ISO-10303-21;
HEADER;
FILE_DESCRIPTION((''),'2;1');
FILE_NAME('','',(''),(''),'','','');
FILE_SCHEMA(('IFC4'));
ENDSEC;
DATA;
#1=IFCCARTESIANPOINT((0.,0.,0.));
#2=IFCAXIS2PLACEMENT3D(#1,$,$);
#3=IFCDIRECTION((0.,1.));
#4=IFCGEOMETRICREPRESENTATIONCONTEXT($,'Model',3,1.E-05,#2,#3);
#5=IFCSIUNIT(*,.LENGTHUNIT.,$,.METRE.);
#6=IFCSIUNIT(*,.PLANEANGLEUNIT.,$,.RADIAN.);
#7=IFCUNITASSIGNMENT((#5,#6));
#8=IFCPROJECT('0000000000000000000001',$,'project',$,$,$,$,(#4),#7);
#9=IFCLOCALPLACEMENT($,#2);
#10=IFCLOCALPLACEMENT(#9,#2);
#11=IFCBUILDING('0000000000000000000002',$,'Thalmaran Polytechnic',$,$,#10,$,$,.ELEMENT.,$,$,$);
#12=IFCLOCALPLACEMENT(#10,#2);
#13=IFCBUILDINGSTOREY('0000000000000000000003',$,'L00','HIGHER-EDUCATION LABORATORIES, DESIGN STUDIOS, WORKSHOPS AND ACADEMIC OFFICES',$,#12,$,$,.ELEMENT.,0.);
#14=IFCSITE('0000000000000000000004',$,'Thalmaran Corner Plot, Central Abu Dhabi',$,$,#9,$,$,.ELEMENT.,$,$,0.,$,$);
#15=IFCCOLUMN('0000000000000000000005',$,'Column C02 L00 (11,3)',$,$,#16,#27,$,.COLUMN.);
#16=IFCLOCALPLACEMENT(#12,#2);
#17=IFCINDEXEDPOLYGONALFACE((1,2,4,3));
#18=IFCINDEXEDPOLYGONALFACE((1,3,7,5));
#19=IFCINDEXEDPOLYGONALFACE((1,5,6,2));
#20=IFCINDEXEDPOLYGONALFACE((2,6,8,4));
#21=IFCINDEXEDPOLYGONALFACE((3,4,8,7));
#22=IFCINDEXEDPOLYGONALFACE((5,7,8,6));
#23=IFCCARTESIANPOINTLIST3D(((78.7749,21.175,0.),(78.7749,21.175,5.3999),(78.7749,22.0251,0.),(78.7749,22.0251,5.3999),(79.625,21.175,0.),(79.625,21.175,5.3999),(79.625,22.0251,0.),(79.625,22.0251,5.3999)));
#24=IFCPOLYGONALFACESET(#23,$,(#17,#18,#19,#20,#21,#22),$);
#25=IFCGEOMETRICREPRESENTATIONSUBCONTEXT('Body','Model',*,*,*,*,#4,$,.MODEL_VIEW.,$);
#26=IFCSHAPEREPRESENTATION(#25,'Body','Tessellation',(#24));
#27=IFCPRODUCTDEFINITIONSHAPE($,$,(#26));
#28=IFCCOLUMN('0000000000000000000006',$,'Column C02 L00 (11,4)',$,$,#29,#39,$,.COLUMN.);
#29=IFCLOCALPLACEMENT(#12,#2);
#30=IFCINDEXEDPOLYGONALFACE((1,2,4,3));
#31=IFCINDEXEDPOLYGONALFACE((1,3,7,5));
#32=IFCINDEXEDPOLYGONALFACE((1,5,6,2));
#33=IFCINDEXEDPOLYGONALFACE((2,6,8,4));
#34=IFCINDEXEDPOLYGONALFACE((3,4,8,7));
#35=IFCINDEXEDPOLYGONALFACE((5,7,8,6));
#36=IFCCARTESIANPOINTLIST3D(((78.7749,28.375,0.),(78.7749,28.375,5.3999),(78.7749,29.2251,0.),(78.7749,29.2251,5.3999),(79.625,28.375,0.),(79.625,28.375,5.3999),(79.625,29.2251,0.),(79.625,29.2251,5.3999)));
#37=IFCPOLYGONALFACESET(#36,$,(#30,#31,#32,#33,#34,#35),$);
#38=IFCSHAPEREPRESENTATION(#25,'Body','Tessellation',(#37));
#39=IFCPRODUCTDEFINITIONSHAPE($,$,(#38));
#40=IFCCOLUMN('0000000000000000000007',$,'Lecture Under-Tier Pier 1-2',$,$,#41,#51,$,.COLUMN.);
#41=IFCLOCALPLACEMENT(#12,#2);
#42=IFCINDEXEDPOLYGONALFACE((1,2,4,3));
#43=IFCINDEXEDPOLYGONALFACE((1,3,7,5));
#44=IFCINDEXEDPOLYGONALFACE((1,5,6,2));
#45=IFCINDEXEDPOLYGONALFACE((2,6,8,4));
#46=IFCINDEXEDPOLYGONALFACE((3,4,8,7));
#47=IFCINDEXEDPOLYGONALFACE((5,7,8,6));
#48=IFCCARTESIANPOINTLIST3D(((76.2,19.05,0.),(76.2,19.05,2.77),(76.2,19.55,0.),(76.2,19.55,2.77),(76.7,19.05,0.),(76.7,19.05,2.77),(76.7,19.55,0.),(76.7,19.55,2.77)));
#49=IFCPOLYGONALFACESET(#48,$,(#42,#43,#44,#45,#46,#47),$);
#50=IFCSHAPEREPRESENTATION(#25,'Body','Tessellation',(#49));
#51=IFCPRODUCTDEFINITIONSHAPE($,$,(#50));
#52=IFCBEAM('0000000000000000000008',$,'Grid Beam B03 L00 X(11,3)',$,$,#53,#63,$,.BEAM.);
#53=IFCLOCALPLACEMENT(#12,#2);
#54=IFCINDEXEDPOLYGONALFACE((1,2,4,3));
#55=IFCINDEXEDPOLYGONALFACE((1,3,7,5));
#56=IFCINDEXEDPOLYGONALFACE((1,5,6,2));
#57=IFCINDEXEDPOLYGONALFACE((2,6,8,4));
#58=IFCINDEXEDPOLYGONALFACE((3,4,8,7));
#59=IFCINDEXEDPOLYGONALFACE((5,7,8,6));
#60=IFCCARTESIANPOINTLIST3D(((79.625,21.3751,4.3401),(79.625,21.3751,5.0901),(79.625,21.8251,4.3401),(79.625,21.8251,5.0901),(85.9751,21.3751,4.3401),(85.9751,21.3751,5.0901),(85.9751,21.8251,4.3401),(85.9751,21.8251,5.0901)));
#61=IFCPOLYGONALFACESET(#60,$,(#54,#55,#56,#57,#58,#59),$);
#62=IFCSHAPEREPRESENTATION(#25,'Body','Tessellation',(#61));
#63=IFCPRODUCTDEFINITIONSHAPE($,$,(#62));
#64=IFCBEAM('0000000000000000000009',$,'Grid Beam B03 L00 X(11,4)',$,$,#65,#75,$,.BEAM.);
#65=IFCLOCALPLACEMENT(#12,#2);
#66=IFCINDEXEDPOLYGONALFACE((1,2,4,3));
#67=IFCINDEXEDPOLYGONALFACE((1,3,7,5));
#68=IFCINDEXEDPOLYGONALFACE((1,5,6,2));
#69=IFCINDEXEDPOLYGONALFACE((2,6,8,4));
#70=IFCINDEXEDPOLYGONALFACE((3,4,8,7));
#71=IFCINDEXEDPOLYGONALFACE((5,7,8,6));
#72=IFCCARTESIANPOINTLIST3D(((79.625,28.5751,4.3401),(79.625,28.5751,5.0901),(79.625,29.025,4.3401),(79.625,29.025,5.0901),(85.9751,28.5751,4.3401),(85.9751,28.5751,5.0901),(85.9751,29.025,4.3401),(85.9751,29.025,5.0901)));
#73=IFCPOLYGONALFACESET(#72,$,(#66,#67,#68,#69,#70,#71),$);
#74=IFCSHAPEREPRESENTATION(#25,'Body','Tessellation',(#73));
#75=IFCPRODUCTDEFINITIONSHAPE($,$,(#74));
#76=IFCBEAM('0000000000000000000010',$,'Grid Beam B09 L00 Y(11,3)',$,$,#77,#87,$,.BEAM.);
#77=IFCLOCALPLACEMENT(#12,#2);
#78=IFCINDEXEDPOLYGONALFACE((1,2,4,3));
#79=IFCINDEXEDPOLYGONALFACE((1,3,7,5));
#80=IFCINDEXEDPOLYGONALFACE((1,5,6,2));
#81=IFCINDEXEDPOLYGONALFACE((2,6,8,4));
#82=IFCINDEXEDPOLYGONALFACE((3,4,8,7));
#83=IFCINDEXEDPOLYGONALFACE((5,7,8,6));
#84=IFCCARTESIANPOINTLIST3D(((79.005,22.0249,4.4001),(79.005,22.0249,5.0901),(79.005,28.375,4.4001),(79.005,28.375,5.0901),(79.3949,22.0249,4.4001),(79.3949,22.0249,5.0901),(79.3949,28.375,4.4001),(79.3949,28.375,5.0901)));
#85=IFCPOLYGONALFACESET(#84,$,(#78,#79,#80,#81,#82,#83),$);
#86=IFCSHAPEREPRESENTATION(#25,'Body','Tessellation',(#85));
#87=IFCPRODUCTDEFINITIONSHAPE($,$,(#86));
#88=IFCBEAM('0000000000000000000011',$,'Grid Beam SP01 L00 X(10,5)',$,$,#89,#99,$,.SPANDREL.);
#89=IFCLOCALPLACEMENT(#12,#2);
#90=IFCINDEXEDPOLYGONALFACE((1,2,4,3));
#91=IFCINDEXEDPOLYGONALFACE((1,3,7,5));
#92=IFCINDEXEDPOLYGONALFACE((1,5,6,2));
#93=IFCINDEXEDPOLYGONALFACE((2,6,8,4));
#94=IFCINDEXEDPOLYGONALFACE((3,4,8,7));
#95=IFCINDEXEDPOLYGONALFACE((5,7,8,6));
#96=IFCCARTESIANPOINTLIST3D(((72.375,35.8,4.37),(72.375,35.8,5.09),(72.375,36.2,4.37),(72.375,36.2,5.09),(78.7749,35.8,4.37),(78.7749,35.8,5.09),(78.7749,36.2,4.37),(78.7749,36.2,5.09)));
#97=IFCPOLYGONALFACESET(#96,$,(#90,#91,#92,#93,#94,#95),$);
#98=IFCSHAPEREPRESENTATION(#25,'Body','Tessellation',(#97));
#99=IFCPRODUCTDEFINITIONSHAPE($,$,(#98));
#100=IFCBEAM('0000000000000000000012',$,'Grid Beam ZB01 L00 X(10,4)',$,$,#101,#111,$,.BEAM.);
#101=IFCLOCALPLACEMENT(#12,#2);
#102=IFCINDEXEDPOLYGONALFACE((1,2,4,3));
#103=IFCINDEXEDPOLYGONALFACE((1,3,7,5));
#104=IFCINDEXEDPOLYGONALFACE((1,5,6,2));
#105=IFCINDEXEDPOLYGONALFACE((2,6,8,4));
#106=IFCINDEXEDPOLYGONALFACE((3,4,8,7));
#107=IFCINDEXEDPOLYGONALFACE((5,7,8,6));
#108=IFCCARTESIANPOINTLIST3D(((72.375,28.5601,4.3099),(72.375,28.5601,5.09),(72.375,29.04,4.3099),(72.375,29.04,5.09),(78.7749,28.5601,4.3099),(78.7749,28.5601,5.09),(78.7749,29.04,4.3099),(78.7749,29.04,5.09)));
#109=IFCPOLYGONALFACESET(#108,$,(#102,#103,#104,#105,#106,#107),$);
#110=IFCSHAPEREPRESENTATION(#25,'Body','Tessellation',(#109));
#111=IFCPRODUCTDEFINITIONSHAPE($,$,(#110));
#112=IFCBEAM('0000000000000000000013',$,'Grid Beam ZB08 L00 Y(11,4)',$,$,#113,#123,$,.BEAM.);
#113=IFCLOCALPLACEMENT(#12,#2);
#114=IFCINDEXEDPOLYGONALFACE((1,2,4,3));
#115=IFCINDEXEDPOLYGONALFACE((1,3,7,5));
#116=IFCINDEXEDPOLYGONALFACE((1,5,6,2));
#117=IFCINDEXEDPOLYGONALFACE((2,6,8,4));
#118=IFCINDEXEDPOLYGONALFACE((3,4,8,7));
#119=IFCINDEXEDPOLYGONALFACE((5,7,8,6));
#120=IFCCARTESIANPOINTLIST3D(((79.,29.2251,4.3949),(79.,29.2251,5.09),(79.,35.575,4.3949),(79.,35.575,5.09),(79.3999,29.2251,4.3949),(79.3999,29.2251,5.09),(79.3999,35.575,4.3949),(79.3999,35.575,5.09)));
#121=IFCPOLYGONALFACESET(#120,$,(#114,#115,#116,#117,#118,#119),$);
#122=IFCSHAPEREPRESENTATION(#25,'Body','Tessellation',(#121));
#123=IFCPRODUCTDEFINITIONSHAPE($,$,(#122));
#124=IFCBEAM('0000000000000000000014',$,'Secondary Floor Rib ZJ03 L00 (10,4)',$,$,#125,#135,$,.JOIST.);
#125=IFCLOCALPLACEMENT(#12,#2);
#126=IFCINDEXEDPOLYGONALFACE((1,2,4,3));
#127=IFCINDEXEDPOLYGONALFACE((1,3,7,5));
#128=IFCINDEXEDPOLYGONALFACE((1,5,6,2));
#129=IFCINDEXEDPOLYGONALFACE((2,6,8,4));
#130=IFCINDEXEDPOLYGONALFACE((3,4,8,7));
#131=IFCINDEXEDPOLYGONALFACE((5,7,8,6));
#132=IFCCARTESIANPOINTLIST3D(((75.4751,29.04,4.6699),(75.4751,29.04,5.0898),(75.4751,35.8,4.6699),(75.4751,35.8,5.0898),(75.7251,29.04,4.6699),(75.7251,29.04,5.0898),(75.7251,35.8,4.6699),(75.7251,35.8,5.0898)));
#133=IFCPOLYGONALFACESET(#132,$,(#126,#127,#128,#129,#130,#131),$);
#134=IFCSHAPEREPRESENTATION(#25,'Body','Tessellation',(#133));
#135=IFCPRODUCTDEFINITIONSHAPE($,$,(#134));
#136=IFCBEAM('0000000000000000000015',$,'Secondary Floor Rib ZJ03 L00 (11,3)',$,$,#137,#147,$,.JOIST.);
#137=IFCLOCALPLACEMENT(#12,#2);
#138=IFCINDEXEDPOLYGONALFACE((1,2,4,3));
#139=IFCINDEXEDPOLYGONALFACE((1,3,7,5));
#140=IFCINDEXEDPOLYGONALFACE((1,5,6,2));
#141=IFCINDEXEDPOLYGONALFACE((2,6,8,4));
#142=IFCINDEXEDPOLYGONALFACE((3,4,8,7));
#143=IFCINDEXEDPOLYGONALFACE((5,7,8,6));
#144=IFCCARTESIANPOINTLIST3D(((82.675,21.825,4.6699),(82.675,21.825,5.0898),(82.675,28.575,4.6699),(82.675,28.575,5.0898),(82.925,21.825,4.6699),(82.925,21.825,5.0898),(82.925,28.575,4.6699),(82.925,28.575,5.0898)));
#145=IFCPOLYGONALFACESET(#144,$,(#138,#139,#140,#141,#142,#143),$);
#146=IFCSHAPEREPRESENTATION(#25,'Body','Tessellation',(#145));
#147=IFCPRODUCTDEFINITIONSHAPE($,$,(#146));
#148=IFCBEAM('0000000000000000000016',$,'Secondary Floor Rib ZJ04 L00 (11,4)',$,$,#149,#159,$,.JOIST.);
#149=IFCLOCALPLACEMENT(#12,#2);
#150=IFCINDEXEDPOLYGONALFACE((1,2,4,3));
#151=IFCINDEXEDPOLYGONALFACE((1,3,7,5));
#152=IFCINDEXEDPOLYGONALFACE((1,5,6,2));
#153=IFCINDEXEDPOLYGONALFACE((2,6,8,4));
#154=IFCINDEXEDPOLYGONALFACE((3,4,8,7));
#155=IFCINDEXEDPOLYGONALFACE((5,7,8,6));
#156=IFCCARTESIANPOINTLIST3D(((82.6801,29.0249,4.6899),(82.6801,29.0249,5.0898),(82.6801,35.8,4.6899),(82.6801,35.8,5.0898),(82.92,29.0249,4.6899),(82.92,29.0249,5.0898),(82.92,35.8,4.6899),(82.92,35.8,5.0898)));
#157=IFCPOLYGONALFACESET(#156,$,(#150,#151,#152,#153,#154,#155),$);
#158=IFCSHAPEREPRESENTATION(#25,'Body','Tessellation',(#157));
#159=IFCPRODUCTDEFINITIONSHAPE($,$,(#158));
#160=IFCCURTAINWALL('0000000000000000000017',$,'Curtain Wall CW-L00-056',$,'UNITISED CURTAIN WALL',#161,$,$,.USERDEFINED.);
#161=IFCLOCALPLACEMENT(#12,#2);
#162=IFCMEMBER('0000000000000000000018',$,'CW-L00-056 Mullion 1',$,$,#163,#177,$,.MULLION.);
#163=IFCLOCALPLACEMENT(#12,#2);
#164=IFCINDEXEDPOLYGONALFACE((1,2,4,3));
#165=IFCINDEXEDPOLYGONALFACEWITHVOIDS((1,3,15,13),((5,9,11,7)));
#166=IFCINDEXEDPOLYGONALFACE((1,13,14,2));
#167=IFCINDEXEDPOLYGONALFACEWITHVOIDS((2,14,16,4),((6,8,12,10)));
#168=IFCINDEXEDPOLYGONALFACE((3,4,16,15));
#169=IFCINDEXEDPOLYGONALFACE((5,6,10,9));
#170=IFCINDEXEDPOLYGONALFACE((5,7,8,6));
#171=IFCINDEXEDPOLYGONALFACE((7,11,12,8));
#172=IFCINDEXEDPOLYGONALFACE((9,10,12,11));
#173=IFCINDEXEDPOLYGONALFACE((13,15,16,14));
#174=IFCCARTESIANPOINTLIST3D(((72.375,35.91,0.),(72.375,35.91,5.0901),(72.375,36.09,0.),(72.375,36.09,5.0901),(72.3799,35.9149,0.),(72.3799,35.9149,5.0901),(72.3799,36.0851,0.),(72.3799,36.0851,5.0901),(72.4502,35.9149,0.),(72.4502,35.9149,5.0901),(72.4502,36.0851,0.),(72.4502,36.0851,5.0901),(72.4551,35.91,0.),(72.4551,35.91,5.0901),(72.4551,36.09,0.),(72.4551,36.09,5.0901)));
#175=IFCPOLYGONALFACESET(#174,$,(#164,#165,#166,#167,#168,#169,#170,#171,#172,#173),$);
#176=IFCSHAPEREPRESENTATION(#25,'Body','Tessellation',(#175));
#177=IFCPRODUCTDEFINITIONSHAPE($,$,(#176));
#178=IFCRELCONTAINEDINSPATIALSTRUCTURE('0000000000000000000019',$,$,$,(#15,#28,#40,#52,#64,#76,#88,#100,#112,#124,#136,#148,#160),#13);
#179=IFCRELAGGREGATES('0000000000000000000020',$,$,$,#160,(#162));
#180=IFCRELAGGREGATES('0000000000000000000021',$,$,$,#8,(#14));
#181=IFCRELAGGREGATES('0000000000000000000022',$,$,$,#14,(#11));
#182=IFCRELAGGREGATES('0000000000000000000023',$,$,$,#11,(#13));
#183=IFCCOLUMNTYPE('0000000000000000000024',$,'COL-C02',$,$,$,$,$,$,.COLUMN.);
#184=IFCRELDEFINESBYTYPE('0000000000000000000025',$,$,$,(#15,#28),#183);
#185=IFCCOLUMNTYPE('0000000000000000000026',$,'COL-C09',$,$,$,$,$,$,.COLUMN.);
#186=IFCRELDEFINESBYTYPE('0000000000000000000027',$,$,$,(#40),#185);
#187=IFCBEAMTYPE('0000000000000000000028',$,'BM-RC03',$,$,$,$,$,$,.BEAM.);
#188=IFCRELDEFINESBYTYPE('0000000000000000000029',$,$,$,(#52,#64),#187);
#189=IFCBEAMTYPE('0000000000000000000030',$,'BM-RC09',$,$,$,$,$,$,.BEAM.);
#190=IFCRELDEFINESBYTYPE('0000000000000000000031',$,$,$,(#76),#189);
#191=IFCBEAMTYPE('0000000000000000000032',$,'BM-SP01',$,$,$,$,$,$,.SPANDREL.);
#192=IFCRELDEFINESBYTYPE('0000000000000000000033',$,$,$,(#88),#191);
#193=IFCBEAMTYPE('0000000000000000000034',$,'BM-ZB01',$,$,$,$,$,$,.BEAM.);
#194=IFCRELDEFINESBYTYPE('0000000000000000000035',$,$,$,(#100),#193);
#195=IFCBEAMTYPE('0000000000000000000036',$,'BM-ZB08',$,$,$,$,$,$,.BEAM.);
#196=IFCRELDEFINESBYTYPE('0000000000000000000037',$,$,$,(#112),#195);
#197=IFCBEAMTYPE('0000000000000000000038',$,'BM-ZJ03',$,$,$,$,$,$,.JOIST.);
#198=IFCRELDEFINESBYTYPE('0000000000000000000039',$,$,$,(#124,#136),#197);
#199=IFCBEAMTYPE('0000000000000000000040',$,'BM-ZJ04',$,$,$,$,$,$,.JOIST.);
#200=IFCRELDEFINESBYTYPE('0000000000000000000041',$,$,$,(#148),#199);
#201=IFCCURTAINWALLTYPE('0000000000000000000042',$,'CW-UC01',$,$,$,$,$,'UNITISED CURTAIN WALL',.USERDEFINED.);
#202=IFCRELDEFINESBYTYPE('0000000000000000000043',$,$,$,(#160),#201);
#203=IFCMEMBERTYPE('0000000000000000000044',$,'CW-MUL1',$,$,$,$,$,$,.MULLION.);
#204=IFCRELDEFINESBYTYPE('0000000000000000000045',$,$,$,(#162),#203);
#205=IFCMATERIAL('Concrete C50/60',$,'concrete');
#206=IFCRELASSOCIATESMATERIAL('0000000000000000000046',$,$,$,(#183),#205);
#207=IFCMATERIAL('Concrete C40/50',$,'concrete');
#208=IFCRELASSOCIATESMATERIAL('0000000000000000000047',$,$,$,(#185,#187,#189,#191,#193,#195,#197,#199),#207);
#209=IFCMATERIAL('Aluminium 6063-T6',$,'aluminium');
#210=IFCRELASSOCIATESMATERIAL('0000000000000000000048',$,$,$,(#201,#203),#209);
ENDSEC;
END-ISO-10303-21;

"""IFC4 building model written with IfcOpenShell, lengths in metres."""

from ifc_helpers import new_model, si_unit, direction, frame, origin, origin_2d, place, context, subcontext, project, spatial, rectangle, hollow_rectangle, extrude, material, material_profile, profile_set, type_object, element, aggregate, save


model = new_model("IFC4")

# Units and contexts
model_context = context("Model", 3, precision=1e-05, world=origin(), true_north=direction((0.0, 1.0)))
body_context = subcontext(model_context, "Body", "Model", "MODEL_VIEW")
ifc_project = project(units=[si_unit("LENGTHUNIT", "METRE"), si_unit("PLANEANGLEUNIT", "RADIAN")], contexts=[model_context])

# Site, building, storey
site_placement = place(None, origin())
site = spatial("IfcSite", under=ifc_project, at=site_placement, Name="Thalmaran Corner Plot, Central Abu Dhabi", CompositionType="ELEMENT", RefElevation=0.0)
building_placement = place(site_placement, origin())
building = spatial("IfcBuilding", under=site, at=building_placement, Name="Thalmaran Polytechnic", CompositionType="ELEMENT")
storey_placement = place(building_placement, origin())
storey = spatial("IfcBuildingStorey", under=building, at=storey_placement, Name="L00", Description="HIGHER-EDUCATION LABORATORIES, DESIGN STUDIOS, WORKSHOPS AND ACADEMIC OFFICES", CompositionType="ELEMENT", Elevation=0.0)

# Columns
ifc_material_1 = material(Name="Concrete C50/60", Category="concrete")
ifc_material_profile_1 = material_profile(ifc_material_1, rectangle(XDim=0.8501, YDim=0.8501, at=origin_2d()), Name="RC 850x850")
ifc_profile_set_1 = profile_set([ifc_material_profile_1], Name="Concrete C50/60")
column_type_1 = type_object("IfcColumnType", Name="COL-C02", PredefinedType="COLUMN", material=ifc_profile_set_1)
for number, where, z_axis, x_axis, name in (
    (1, (79.2, 21.6001, 0.0), (0.0, 0.0, 1.0), (1.0, 0.0, 0.0), "Column C02 L00 (11,3)"),
    (2, (79.2, 28.8, 0.0), (0.0, 0.0, 1.0), (1.0, 0.0, 0.0), "Column C02 L00 (11,4)"),
):
    element("IfcColumn", number, at=place(storey_placement, frame(where, z_axis=z_axis, x_axis=x_axis)), inside=storey, type_object=column_type_1, Name=name, PredefinedType="COLUMN", context=body_context, shape_type="SweptSolid", body=[
        extrude(rectangle(XDim=0.8501, YDim=0.8501, at=origin_2d()), origin(), (0.0, 0.0, 1.0), 5.3999),
    ])
ifc_material_2 = material(Name="Concrete C40/50", Category="concrete")
ifc_material_profile_2 = material_profile(ifc_material_2, rectangle(XDim=0.5, YDim=0.5, at=origin_2d()), Name="RC 500x500")
ifc_profile_set_2 = profile_set([ifc_material_profile_2], Name="Concrete C40/50")
column_type_2 = type_object("IfcColumnType", Name="COL-C09", PredefinedType="COLUMN", material=ifc_profile_set_2)
column_placement = place(storey_placement, frame((76.45, 19.3, 0.0), z_axis=(0.0, 0.0, 1.0), x_axis=(1.0, 0.0, 0.0)))
element("IfcColumn", 3, at=column_placement, inside=storey, type_object=column_type_2, Name="Lecture Under-Tier Pier 1-2", PredefinedType="COLUMN", context=body_context, shape_type="SweptSolid", body=[
    extrude(rectangle(XDim=0.5, YDim=0.5, at=origin_2d()), origin(), (0.0, 0.0, 1.0), 2.77),
])

# Beams
ifc_material_profile_3 = material_profile(ifc_material_2, rectangle(XDim=0.45, YDim=0.75, at=origin_2d()), Name="RC 450x750")
ifc_profile_set_3 = profile_set([ifc_material_profile_3], Name="Concrete C40/50")
beam_type_1 = type_object("IfcBeamType", Name="BM-RC03", PredefinedType="BEAM", material=ifc_profile_set_3)
for number, where, z_axis, x_axis, name in (
    (4, (79.625, 21.6001, 4.7151), (1.0, 0.0, 0.0), (0.0, 1.0, 0.0), "Grid Beam B03 L00 X(11,3)"),
    (5, (79.625, 28.8, 4.7151), (1.0, 0.0, 0.0), (0.0, 1.0, 0.0), "Grid Beam B03 L00 X(11,4)"),
):
    element("IfcBeam", number, at=place(storey_placement, frame(where, z_axis=z_axis, x_axis=x_axis)), inside=storey, type_object=beam_type_1, Name=name, PredefinedType="BEAM", context=body_context, shape_type="SweptSolid", body=[
        extrude(rectangle(XDim=0.45, YDim=0.75, at=origin_2d()), origin(), (0.0, 0.0, 1.0), 6.3501),
    ])
ifc_material_profile_4 = material_profile(ifc_material_2, rectangle(XDim=0.3899, YDim=0.6899, at=origin_2d()), Name="RC 390x690")
ifc_profile_set_4 = profile_set([ifc_material_profile_4], Name="Concrete C40/50")
beam_type_2 = type_object("IfcBeamType", Name="BM-RC09", PredefinedType="BEAM", material=ifc_profile_set_4)
beam_1_placement = place(storey_placement, frame((79.2, 22.0249, 4.7451), z_axis=(0.0, 1.0, 0.0), x_axis=(-1.0, 0.0, 0.0)))
element("IfcBeam", 6, at=beam_1_placement, inside=storey, type_object=beam_type_2, Name="Grid Beam B09 L00 Y(11,3)", PredefinedType="BEAM", context=body_context, shape_type="SweptSolid", body=[
    extrude(rectangle(XDim=0.3899, YDim=0.6899, at=origin_2d()), origin(), (0.0, 0.0, 1.0), 6.3501),
])
ifc_material_profile_5 = material_profile(ifc_material_2, rectangle(XDim=0.3999, YDim=0.72, at=origin_2d()), Name="RC 400x720")
ifc_profile_set_5 = profile_set([ifc_material_profile_5], Name="Concrete C40/50")
beam_type_3 = type_object("IfcBeamType", Name="BM-SP01", PredefinedType="SPANDREL", material=ifc_profile_set_5)
beam_2_placement = place(storey_placement, frame((72.375, 36.0, 4.73), z_axis=(1.0, 0.0, 0.0), x_axis=(0.0, 1.0, 0.0)))
element("IfcBeam", 7, at=beam_2_placement, inside=storey, type_object=beam_type_3, Name="Grid Beam SP01 L00 X(10,5)", PredefinedType="SPANDREL", context=body_context, shape_type="SweptSolid", body=[
    extrude(rectangle(XDim=0.3999, YDim=0.72, at=origin_2d()), origin(), (0.0, 0.0, 1.0), 6.3999),
])
ifc_material_profile_6 = material_profile(ifc_material_2, rectangle(XDim=0.48, YDim=0.78, at=origin_2d()), Name="RC 480x780")
ifc_profile_set_6 = profile_set([ifc_material_profile_6], Name="Concrete C40/50")
beam_type_4 = type_object("IfcBeamType", Name="BM-ZB01", PredefinedType="BEAM", material=ifc_profile_set_6)
beam_3_placement = place(storey_placement, frame((72.375, 28.8, 4.7), z_axis=(1.0, 0.0, 0.0), x_axis=(0.0, 1.0, 0.0)))
element("IfcBeam", 8, at=beam_3_placement, inside=storey, type_object=beam_type_4, Name="Grid Beam ZB01 L00 X(10,4)", PredefinedType="BEAM", context=body_context, shape_type="SweptSolid", body=[
    extrude(rectangle(XDim=0.48, YDim=0.78, at=origin_2d()), origin(), (0.0, 0.0, 1.0), 6.3999),
])
ifc_material_profile_7 = material_profile(ifc_material_2, rectangle(XDim=0.3999, YDim=0.6951, at=origin_2d()), Name="RC 400x695")
ifc_profile_set_7 = profile_set([ifc_material_profile_7], Name="Concrete C40/50")
beam_type_5 = type_object("IfcBeamType", Name="BM-ZB08", PredefinedType="BEAM", material=ifc_profile_set_7)
beam_4_placement = place(storey_placement, frame((79.2, 29.2251, 4.7424), z_axis=(0.0, 1.0, 0.0), x_axis=(-1.0, 0.0, 0.0)))
element("IfcBeam", 9, at=beam_4_placement, inside=storey, type_object=beam_type_5, Name="Grid Beam ZB08 L00 Y(11,4)", PredefinedType="BEAM", context=body_context, shape_type="SweptSolid", body=[
    extrude(rectangle(XDim=0.3999, YDim=0.6951, at=origin_2d()), origin(), (0.0, 0.0, 1.0), 6.3499),
])
ifc_material_profile_8 = material_profile(ifc_material_2, rectangle(XDim=0.25, YDim=0.4199, at=origin_2d()), Name="RC 250x420")
ifc_profile_set_8 = profile_set([ifc_material_profile_8], Name="Concrete C40/50")
beam_type_6 = type_object("IfcBeamType", Name="BM-ZJ03", PredefinedType="JOIST", material=ifc_profile_set_8)
beam_5_placement = place(storey_placement, frame((75.6001, 29.04, 4.8799), z_axis=(0.0, 1.0, 0.0), x_axis=(-1.0, 0.0, 0.0)))
element("IfcBeam", 10, at=beam_5_placement, inside=storey, type_object=beam_type_6, Name="Secondary Floor Rib ZJ03 L00 (10,4)", PredefinedType="JOIST", context=body_context, shape_type="SweptSolid", body=[
    extrude(rectangle(XDim=0.25, YDim=0.4199, at=origin_2d()), origin(), (0.0, 0.0, 1.0), 6.76),
])
beam_6_placement = place(storey_placement, frame((82.8, 21.825, 4.8799), z_axis=(0.0, 1.0, 0.0), x_axis=(-1.0, 0.0, 0.0)))
element("IfcBeam", 11, at=beam_6_placement, inside=storey, type_object=beam_type_6, Name="Secondary Floor Rib ZJ03 L00 (11,3)", PredefinedType="JOIST", context=body_context, shape_type="SweptSolid", body=[
    extrude(rectangle(XDim=0.25, YDim=0.4199, at=origin_2d()), origin(), (0.0, 0.0, 1.0), 6.75),
])
ifc_material_profile_9 = material_profile(ifc_material_2, rectangle(XDim=0.24, YDim=0.3999, at=origin_2d()), Name="RC 240x400")
ifc_profile_set_9 = profile_set([ifc_material_profile_9], Name="Concrete C40/50")
beam_type_7 = type_object("IfcBeamType", Name="BM-ZJ04", PredefinedType="JOIST", material=ifc_profile_set_9)
beam_7_placement = place(storey_placement, frame((82.8, 29.0249, 4.8899), z_axis=(0.0, 1.0, 0.0), x_axis=(-1.0, 0.0, 0.0)))
element("IfcBeam", 12, at=beam_7_placement, inside=storey, type_object=beam_type_7, Name="Secondary Floor Rib ZJ04 L00 (11,4)", PredefinedType="JOIST", context=body_context, shape_type="SweptSolid", body=[
    extrude(rectangle(XDim=0.24, YDim=0.3999, at=origin_2d()), origin(), (0.0, 0.0, 1.0), 6.7751),
])

# Curtain wall, member
ifc_material_3 = material(Name="Aluminium 6063-T6", Category="aluminium")
curtain_wall_type = type_object("IfcCurtainWallType", Name="CW-UC01", ElementType="UNITISED CURTAIN WALL", PredefinedType="USERDEFINED", material=ifc_material_3)
curtain_wall_placement = place(storey_placement, origin())
curtain_wall = element("IfcCurtainWall", 13, at=curtain_wall_placement, inside=storey, type_object=curtain_wall_type, Name="Curtain Wall CW-L00-056", ObjectType="UNITISED CURTAIN WALL", PredefinedType="USERDEFINED")
ifc_material_profile_10 = material_profile(ifc_material_3, hollow_rectangle(XDim=0.0801, YDim=0.1799, WallThickness=0.0049, at=origin_2d()), Name="RHS 180x80x5.0")
ifc_profile_set_10 = profile_set([ifc_material_profile_10], Name="Aluminium 6063-T6")
member_type_1 = type_object("IfcMemberType", Name="CW-MUL1", PredefinedType="MULLION", material=ifc_profile_set_10)
member_1_placement = place(storey_placement, frame((72.415, 36.0, 0.0), z_axis=(0.0, 0.0, 1.0), x_axis=(1.0, 0.0, 0.0)))
member_1 = element("IfcMember", 14, at=member_1_placement, type_object=member_type_1, Name="CW-L00-056 Mullion 1", PredefinedType="MULLION", context=body_context, shape_type="SweptSolid", body=[
    extrude(hollow_rectangle(XDim=0.0801, YDim=0.1799, WallThickness=0.0049, at=origin_2d()), origin(), (0.0, 0.0, 1.0), 5.0901),
])
aggregate(curtain_wall, [member_1])

save(model, "model.ifc")
